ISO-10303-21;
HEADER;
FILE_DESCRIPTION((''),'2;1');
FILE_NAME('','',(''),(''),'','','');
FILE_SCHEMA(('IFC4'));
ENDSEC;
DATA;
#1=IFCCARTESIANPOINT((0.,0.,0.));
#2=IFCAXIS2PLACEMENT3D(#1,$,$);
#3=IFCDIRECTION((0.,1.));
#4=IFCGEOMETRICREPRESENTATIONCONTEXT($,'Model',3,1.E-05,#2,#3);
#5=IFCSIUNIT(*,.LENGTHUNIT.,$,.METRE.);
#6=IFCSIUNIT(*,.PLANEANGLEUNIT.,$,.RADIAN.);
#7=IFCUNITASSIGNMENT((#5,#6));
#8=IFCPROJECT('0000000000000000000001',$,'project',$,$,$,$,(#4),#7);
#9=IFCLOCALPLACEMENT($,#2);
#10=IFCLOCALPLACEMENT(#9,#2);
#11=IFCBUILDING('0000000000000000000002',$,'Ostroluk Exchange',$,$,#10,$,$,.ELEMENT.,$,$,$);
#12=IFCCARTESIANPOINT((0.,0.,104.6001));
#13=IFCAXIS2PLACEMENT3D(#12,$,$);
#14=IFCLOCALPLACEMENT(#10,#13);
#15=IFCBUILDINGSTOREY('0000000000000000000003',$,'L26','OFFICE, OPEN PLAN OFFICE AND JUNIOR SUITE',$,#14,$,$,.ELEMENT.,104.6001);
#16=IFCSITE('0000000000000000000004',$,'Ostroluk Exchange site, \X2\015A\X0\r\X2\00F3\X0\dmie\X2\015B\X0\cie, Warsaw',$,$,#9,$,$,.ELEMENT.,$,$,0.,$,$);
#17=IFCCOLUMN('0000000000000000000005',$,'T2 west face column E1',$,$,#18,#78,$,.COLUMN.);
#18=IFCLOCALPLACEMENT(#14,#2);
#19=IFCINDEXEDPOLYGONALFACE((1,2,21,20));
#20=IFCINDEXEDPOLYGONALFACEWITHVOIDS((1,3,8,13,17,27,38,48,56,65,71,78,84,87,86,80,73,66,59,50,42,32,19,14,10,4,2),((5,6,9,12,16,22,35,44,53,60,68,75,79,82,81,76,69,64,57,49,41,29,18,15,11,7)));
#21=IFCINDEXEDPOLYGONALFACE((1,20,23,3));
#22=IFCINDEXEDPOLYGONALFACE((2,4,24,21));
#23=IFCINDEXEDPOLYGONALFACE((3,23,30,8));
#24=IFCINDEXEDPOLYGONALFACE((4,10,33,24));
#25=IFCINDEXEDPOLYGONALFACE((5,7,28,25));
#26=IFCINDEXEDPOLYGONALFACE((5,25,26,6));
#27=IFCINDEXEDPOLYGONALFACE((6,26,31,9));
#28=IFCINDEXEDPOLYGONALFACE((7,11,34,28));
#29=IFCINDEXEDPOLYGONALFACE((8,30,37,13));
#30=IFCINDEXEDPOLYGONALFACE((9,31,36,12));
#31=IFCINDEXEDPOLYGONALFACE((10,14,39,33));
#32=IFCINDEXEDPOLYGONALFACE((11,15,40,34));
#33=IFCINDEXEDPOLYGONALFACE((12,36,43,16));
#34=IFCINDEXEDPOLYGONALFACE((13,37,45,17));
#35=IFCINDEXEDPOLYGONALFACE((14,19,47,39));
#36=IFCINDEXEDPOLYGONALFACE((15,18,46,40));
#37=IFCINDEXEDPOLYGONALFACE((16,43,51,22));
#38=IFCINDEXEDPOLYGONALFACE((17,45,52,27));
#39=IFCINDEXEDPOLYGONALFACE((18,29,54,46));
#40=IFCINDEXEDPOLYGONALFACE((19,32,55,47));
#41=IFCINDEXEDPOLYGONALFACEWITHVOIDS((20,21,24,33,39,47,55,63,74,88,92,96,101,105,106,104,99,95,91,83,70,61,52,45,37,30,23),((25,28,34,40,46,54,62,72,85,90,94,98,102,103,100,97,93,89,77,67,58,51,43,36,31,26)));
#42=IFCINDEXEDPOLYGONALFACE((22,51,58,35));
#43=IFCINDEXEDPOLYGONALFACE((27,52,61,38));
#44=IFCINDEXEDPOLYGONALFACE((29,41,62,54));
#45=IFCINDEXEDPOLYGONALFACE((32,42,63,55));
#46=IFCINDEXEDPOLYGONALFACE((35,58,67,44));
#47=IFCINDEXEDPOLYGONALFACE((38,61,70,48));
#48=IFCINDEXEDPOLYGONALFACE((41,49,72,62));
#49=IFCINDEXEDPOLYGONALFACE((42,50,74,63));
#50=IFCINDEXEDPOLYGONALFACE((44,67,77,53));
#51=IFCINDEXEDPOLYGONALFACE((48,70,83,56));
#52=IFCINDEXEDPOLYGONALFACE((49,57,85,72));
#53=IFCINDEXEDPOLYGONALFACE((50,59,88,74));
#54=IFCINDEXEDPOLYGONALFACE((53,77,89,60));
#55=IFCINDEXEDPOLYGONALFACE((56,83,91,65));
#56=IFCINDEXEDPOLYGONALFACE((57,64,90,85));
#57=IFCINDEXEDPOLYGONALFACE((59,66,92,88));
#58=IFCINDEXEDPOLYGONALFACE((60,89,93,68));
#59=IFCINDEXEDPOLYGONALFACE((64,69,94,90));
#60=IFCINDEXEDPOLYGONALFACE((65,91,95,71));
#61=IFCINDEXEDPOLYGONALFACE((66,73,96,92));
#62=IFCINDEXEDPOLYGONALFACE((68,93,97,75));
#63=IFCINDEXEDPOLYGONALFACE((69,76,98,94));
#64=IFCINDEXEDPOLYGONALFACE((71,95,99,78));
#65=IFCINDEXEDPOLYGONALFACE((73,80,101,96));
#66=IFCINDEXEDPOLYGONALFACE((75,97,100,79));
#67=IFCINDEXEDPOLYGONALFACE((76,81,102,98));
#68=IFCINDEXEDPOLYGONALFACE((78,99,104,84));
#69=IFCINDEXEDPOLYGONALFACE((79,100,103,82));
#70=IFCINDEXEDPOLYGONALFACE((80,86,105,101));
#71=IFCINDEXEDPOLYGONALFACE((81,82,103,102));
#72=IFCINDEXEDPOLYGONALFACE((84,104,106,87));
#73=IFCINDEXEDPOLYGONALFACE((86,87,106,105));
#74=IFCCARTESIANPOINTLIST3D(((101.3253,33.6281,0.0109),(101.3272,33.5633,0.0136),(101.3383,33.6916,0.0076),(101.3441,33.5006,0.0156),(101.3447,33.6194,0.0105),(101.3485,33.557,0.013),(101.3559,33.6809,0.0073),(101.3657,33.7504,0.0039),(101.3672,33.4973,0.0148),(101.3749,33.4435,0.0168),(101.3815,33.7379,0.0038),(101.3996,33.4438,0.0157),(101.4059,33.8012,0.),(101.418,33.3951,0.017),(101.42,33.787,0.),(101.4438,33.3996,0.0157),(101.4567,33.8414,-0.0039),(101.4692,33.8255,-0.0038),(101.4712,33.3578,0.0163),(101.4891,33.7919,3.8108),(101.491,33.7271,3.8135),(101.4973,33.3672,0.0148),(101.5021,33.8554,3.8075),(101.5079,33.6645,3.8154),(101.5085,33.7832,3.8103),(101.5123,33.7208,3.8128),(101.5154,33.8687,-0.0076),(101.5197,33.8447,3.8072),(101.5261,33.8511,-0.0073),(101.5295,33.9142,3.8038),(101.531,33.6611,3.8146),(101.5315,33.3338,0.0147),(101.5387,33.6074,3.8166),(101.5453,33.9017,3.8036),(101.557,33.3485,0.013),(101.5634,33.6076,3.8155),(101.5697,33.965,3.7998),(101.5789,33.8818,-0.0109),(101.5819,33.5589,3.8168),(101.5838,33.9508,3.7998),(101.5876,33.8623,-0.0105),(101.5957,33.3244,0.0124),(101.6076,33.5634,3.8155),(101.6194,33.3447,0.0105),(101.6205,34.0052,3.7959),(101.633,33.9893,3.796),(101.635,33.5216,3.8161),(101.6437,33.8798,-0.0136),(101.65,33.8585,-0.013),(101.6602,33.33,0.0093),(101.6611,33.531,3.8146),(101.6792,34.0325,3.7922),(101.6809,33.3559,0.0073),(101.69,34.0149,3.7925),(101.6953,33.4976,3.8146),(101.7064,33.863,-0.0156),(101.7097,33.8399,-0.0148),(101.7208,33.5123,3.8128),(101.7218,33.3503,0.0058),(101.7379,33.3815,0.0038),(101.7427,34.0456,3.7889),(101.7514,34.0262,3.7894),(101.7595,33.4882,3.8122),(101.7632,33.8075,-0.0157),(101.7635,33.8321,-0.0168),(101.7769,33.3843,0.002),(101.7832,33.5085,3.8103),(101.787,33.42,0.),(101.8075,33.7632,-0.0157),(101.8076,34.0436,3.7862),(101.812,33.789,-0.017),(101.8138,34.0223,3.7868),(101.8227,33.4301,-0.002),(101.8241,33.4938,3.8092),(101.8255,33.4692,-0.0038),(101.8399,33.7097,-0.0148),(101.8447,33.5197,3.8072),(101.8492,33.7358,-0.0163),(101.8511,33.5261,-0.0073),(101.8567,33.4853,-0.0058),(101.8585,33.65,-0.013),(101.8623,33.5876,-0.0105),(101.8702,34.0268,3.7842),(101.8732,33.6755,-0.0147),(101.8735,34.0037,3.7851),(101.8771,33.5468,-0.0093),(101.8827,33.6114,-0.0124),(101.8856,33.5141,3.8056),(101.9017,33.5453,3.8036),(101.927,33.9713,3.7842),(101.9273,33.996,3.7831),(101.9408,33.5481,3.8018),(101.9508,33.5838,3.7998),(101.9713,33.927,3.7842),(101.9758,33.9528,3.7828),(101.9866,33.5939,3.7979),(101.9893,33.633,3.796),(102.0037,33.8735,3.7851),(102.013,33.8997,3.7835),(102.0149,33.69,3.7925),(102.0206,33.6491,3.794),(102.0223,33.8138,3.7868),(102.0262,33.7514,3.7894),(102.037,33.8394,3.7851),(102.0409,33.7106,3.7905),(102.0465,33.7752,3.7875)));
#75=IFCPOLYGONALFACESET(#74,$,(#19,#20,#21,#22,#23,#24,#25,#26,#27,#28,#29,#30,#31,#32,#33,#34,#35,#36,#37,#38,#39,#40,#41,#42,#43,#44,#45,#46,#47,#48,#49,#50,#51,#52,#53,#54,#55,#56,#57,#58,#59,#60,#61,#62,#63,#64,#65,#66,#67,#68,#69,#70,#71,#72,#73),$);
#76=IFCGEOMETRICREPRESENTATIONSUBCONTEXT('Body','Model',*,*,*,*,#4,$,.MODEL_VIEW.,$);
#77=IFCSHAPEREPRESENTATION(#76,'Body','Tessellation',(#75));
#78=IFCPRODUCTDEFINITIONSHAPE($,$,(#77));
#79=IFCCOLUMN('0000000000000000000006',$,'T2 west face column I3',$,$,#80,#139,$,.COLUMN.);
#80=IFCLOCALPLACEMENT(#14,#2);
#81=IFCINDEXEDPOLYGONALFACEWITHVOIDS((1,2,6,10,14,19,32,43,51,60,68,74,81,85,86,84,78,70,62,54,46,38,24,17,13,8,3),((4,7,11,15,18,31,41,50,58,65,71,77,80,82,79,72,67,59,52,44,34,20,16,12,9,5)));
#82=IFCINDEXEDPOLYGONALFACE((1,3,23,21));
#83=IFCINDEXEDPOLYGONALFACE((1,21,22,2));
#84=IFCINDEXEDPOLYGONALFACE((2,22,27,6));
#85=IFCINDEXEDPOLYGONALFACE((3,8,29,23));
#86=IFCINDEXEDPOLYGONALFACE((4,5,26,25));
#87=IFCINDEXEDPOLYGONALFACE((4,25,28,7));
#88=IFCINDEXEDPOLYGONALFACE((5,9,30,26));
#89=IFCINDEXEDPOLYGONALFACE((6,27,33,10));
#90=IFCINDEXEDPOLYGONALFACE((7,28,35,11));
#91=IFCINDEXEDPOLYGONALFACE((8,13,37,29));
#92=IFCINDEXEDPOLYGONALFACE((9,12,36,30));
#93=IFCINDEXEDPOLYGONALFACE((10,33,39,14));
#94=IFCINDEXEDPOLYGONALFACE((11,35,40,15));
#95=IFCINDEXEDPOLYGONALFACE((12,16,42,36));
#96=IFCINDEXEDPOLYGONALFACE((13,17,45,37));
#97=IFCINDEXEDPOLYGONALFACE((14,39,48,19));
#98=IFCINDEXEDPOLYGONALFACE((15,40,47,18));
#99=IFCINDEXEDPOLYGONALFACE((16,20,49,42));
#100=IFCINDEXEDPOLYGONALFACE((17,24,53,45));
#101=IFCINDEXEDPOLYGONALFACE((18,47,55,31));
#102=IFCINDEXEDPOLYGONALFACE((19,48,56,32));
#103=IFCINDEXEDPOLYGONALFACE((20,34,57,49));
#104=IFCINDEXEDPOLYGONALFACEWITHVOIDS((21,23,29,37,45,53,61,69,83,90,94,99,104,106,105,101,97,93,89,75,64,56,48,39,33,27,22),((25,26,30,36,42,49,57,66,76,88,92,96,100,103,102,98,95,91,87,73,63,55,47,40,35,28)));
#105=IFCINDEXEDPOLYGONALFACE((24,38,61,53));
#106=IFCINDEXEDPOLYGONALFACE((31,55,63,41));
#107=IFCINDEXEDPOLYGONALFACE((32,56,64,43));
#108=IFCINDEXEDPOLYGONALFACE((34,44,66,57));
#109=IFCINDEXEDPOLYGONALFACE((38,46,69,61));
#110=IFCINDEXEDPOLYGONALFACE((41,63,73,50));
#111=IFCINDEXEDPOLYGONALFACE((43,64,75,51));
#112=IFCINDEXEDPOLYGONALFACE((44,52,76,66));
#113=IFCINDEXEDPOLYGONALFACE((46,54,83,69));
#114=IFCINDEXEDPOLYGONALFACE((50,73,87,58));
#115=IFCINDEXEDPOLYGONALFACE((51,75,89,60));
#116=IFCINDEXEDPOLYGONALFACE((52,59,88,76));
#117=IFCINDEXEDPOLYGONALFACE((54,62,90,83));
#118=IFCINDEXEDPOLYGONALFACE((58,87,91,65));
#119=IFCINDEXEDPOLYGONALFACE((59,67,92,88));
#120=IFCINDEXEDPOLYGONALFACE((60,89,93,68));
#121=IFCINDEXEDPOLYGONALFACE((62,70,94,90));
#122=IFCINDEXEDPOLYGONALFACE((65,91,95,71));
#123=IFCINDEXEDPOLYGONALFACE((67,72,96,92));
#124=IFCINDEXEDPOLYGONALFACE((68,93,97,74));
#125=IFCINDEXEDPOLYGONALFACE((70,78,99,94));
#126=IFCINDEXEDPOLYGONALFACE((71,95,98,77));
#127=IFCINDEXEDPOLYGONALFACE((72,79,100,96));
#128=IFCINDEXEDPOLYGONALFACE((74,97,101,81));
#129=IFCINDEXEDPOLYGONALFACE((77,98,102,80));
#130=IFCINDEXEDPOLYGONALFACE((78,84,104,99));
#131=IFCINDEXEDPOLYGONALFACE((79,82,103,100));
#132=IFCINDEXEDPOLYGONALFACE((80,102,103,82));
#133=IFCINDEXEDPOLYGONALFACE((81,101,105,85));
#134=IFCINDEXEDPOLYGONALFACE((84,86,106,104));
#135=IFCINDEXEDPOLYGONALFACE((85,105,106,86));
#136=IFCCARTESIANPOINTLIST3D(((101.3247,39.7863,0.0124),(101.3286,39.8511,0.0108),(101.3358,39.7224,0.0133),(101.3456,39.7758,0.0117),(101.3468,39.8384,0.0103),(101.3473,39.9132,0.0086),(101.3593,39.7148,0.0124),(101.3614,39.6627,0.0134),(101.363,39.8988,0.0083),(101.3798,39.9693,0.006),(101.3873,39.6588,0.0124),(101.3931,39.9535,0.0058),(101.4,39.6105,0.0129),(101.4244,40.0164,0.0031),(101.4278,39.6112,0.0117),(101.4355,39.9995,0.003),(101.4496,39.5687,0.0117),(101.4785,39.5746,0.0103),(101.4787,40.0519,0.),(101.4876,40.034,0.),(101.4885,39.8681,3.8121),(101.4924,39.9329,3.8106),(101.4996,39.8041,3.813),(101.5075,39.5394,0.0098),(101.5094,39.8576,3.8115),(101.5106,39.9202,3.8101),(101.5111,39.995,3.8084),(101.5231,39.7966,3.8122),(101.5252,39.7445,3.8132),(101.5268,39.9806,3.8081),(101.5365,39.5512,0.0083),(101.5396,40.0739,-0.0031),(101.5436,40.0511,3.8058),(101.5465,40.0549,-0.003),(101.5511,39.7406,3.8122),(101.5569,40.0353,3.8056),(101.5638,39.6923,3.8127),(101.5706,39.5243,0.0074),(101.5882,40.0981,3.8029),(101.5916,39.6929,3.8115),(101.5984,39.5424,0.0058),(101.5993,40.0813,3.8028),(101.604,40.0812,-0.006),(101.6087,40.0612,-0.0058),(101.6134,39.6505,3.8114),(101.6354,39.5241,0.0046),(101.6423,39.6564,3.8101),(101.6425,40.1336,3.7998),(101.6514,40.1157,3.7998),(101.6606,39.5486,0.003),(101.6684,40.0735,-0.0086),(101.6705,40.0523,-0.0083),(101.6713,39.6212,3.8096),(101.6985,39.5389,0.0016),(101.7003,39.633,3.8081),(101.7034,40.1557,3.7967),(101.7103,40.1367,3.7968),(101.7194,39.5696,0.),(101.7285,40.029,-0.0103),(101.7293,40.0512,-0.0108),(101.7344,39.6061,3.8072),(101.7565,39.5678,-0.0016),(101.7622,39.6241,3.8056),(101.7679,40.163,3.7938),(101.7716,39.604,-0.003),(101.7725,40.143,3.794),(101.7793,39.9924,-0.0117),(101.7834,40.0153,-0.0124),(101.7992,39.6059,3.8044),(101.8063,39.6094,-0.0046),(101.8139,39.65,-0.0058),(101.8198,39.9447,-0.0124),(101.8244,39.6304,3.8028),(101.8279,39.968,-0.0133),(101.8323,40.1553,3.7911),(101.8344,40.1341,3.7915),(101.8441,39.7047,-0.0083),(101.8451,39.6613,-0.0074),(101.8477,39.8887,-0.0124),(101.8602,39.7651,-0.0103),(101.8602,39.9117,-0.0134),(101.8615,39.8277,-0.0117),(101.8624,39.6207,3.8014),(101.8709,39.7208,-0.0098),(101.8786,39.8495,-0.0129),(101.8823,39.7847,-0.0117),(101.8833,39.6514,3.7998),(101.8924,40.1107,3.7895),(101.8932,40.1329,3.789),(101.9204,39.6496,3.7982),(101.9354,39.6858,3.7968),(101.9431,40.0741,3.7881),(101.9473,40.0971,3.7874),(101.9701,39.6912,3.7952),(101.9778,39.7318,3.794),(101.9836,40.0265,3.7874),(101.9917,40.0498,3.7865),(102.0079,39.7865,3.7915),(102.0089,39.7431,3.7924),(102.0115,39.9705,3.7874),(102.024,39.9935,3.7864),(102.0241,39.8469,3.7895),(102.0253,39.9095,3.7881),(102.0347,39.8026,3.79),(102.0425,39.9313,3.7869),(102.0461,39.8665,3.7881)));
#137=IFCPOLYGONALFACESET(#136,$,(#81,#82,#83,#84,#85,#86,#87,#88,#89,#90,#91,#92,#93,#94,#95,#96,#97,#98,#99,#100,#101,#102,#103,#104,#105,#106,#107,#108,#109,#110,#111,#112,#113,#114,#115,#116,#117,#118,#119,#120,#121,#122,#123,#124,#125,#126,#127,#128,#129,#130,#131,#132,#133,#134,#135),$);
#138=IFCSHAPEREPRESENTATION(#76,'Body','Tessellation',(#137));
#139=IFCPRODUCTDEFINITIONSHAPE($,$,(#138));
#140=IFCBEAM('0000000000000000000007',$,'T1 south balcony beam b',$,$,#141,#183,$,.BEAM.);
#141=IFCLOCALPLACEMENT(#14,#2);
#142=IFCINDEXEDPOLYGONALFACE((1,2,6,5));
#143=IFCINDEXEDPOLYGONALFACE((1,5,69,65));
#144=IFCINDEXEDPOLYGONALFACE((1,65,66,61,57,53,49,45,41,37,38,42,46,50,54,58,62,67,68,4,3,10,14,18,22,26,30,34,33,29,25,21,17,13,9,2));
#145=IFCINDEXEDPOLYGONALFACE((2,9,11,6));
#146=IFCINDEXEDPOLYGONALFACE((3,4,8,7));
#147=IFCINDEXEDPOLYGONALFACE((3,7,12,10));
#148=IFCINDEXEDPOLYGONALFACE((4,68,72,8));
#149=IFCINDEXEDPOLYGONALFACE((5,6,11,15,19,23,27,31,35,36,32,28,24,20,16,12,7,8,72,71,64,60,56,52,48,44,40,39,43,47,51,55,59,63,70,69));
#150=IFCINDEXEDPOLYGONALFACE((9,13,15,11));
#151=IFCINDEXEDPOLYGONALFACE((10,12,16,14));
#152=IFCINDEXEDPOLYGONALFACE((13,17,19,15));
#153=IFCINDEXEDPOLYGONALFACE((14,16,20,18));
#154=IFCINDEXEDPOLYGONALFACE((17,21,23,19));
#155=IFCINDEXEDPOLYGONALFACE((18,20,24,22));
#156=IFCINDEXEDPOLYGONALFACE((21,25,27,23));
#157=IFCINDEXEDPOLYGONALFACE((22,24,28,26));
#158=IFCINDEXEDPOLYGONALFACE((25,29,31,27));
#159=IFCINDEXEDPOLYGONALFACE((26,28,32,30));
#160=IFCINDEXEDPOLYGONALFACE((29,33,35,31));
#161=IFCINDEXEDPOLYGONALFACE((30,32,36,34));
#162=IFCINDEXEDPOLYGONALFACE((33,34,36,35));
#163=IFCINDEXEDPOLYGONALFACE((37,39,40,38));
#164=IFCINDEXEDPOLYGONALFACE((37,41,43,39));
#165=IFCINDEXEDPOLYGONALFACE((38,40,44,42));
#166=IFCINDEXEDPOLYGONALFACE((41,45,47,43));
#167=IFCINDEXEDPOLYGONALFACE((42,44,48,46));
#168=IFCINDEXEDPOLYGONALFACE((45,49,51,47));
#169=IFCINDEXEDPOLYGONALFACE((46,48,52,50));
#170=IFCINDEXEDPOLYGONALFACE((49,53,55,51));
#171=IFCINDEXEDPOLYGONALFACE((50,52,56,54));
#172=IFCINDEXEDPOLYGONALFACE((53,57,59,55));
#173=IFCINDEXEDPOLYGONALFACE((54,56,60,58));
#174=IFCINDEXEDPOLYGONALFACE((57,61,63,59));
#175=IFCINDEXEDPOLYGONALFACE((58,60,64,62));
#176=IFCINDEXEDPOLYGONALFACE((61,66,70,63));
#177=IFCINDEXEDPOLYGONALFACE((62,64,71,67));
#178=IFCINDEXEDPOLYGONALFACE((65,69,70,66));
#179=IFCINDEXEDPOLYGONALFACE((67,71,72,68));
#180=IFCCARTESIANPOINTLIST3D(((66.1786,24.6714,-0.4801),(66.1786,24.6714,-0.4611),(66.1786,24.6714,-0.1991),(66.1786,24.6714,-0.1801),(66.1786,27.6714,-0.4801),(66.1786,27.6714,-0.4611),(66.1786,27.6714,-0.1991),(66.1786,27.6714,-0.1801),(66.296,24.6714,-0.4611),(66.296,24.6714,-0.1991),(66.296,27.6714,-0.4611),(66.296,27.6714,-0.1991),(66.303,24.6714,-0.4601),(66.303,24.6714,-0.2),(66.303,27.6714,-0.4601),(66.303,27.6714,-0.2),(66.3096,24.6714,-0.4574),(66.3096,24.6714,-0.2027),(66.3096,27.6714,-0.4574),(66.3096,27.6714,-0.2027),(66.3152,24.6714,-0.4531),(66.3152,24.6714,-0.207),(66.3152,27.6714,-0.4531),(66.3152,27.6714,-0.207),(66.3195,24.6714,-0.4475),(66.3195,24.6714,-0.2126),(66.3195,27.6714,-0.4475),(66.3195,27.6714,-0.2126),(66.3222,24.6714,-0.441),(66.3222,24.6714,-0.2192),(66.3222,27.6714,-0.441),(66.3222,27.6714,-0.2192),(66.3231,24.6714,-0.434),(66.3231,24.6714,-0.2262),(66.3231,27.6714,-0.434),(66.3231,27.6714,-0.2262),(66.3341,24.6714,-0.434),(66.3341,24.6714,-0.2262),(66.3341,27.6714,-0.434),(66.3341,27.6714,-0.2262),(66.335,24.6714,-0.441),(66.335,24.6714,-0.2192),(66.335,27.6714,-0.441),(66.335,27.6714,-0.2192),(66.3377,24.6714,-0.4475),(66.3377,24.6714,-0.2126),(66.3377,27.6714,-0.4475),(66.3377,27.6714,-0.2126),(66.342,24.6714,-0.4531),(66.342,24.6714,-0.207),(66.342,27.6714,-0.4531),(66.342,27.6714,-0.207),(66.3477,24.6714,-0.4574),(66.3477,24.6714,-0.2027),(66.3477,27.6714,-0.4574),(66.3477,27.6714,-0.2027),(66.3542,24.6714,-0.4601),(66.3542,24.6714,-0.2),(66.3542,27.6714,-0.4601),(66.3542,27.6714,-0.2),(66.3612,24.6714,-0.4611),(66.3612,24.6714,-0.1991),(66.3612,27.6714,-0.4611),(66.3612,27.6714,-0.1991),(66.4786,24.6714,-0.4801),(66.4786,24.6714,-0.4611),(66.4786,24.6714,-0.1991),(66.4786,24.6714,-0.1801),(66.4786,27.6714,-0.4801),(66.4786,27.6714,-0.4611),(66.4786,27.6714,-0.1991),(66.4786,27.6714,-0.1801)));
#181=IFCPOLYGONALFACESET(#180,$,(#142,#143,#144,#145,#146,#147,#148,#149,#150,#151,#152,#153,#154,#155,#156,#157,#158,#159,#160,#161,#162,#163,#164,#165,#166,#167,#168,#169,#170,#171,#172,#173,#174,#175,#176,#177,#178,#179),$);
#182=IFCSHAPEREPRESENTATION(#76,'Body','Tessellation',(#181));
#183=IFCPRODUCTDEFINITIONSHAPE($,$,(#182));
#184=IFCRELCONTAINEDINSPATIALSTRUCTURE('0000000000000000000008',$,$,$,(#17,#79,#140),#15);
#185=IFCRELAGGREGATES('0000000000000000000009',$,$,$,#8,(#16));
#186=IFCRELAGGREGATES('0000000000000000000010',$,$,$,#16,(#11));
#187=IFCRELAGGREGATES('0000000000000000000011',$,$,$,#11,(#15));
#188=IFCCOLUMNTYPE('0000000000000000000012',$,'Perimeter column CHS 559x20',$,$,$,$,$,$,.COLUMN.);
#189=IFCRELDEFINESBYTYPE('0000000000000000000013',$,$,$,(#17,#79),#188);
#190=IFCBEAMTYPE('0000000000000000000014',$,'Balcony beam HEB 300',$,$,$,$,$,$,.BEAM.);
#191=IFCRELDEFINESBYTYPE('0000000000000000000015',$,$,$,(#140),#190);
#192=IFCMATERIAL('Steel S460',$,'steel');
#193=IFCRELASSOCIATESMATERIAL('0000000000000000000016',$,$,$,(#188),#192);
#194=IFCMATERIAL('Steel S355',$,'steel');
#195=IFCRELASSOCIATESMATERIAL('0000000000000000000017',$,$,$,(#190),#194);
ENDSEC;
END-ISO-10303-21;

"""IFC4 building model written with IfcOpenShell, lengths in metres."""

from ifc_helpers import new_model, si_unit, direction, frame, origin, origin_2d, place, context, subcontext, project, spatial, hollow_circle, i_section, extrude, material, material_profile, profile_set, type_object, element, save


model = new_model("IFC4")

# Units and contexts
model_context = context("Model", 3, precision=1e-05, world=origin(), true_north=direction((0.0, 1.0)))
body_context = subcontext(model_context, "Body", "Model", "MODEL_VIEW")
ifc_project = project(units=[si_unit("LENGTHUNIT", "METRE"), si_unit("PLANEANGLEUNIT", "RADIAN")], contexts=[model_context])

# Site, building, storey
site_placement = place(None, origin())
site = spatial("IfcSite", under=ifc_project, at=site_placement, Name="Ostroluk Exchange site, Śródmieście, Warsaw", CompositionType="ELEMENT", RefElevation=0.0)
building_placement = place(site_placement, origin())
building = spatial("IfcBuilding", under=site, at=building_placement, Name="Ostroluk Exchange", CompositionType="ELEMENT")
storey_placement = place(building_placement, frame((0.0, 0.0, 104.6001)))
storey = spatial("IfcBuildingStorey", under=building, at=storey_placement, Name="L26", Description="OFFICE, OPEN PLAN OFFICE AND JUNIOR SUITE", CompositionType="ELEMENT", Elevation=104.6001)

# Columns
ifc_material_1 = material(Name="Steel S460", Category="steel")
ifc_material_profile_1 = material_profile(ifc_material_1, hollow_circle(Radius=0.2795, WallThickness=0.02, at=origin_2d()), Name="CHS 559x20")
ifc_profile_set_1 = profile_set([ifc_material_profile_1], Name="Steel S460")
column_type = type_object("IfcColumnType", Name="Perimeter column CHS 559x20", PredefinedType="COLUMN", material=ifc_profile_set_1)
column_1_placement = place(storey_placement, frame((101.6035, 33.6035, 0.0), z_axis=(0.043032, 0.043032, 0.998146), x_axis=(-0.707107, 0.707107, 0.0)))
element("IfcColumn", 1, at=column_1_placement, inside=storey, type_object=column_type, Name="T2 west face column E1", PredefinedType="COLUMN", context=body_context, shape_type="SweptSolid", body=[
    extrude(hollow_circle(Radius=0.2795, WallThickness=0.02, at=origin_2d()), origin(), (0.0, 0.0, 1.0), 3.8069),
])
column_2_placement = place(storey_placement, frame((101.6035, 39.8018, 0.0), z_axis=(0.043062, 0.021499, 0.998841), x_axis=(-0.44668, 0.894694, 0.0)))
element("IfcColumn", 2, at=column_2_placement, inside=storey, type_object=column_type, Name="T2 west face column I3", PredefinedType="COLUMN", context=body_context, shape_type="SweptSolid", body=[
    extrude(hollow_circle(Radius=0.2795, WallThickness=0.02, at=origin_2d()), origin(), (0.0, 0.0, 1.0), 3.8042),
])

# Beam
ifc_material_2 = material(Name="Steel S355", Category="steel")
ifc_material_profile_2 = material_profile(ifc_material_2, i_section(OverallWidth=0.3, OverallDepth=0.3, WebThickness=0.011, FlangeThickness=0.019, FilletRadius=0.0271, at=origin_2d()), Name="HEB 300")
ifc_profile_set_2 = profile_set([ifc_material_profile_2], Name="Steel S355")
beam_type_1 = type_object("IfcBeamType", Name="Balcony beam HEB 300", PredefinedType="BEAM", material=ifc_profile_set_2)
for number, where, z_axis, x_axis, name in (
    (3, (66.3286, 27.6714, -0.3301), (0.0, -1.0, 0.0), (1.0, 0.0, 0.0), "T1 south balcony beam b"),
):
    element("IfcBeam", number, at=place(storey_placement, frame(where, z_axis=z_axis, x_axis=x_axis)), inside=storey, type_object=beam_type_1, Name=name, PredefinedType="BEAM", context=body_context, shape_type="SweptSolid", body=[
        extrude(i_section(OverallWidth=0.3, OverallDepth=0.3, WebThickness=0.011, FlangeThickness=0.019, FilletRadius=0.0271, at=origin_2d()), origin(), (0.0, 0.0, 1.0), 3.0),
    ])

save(model, "model.ifc")
